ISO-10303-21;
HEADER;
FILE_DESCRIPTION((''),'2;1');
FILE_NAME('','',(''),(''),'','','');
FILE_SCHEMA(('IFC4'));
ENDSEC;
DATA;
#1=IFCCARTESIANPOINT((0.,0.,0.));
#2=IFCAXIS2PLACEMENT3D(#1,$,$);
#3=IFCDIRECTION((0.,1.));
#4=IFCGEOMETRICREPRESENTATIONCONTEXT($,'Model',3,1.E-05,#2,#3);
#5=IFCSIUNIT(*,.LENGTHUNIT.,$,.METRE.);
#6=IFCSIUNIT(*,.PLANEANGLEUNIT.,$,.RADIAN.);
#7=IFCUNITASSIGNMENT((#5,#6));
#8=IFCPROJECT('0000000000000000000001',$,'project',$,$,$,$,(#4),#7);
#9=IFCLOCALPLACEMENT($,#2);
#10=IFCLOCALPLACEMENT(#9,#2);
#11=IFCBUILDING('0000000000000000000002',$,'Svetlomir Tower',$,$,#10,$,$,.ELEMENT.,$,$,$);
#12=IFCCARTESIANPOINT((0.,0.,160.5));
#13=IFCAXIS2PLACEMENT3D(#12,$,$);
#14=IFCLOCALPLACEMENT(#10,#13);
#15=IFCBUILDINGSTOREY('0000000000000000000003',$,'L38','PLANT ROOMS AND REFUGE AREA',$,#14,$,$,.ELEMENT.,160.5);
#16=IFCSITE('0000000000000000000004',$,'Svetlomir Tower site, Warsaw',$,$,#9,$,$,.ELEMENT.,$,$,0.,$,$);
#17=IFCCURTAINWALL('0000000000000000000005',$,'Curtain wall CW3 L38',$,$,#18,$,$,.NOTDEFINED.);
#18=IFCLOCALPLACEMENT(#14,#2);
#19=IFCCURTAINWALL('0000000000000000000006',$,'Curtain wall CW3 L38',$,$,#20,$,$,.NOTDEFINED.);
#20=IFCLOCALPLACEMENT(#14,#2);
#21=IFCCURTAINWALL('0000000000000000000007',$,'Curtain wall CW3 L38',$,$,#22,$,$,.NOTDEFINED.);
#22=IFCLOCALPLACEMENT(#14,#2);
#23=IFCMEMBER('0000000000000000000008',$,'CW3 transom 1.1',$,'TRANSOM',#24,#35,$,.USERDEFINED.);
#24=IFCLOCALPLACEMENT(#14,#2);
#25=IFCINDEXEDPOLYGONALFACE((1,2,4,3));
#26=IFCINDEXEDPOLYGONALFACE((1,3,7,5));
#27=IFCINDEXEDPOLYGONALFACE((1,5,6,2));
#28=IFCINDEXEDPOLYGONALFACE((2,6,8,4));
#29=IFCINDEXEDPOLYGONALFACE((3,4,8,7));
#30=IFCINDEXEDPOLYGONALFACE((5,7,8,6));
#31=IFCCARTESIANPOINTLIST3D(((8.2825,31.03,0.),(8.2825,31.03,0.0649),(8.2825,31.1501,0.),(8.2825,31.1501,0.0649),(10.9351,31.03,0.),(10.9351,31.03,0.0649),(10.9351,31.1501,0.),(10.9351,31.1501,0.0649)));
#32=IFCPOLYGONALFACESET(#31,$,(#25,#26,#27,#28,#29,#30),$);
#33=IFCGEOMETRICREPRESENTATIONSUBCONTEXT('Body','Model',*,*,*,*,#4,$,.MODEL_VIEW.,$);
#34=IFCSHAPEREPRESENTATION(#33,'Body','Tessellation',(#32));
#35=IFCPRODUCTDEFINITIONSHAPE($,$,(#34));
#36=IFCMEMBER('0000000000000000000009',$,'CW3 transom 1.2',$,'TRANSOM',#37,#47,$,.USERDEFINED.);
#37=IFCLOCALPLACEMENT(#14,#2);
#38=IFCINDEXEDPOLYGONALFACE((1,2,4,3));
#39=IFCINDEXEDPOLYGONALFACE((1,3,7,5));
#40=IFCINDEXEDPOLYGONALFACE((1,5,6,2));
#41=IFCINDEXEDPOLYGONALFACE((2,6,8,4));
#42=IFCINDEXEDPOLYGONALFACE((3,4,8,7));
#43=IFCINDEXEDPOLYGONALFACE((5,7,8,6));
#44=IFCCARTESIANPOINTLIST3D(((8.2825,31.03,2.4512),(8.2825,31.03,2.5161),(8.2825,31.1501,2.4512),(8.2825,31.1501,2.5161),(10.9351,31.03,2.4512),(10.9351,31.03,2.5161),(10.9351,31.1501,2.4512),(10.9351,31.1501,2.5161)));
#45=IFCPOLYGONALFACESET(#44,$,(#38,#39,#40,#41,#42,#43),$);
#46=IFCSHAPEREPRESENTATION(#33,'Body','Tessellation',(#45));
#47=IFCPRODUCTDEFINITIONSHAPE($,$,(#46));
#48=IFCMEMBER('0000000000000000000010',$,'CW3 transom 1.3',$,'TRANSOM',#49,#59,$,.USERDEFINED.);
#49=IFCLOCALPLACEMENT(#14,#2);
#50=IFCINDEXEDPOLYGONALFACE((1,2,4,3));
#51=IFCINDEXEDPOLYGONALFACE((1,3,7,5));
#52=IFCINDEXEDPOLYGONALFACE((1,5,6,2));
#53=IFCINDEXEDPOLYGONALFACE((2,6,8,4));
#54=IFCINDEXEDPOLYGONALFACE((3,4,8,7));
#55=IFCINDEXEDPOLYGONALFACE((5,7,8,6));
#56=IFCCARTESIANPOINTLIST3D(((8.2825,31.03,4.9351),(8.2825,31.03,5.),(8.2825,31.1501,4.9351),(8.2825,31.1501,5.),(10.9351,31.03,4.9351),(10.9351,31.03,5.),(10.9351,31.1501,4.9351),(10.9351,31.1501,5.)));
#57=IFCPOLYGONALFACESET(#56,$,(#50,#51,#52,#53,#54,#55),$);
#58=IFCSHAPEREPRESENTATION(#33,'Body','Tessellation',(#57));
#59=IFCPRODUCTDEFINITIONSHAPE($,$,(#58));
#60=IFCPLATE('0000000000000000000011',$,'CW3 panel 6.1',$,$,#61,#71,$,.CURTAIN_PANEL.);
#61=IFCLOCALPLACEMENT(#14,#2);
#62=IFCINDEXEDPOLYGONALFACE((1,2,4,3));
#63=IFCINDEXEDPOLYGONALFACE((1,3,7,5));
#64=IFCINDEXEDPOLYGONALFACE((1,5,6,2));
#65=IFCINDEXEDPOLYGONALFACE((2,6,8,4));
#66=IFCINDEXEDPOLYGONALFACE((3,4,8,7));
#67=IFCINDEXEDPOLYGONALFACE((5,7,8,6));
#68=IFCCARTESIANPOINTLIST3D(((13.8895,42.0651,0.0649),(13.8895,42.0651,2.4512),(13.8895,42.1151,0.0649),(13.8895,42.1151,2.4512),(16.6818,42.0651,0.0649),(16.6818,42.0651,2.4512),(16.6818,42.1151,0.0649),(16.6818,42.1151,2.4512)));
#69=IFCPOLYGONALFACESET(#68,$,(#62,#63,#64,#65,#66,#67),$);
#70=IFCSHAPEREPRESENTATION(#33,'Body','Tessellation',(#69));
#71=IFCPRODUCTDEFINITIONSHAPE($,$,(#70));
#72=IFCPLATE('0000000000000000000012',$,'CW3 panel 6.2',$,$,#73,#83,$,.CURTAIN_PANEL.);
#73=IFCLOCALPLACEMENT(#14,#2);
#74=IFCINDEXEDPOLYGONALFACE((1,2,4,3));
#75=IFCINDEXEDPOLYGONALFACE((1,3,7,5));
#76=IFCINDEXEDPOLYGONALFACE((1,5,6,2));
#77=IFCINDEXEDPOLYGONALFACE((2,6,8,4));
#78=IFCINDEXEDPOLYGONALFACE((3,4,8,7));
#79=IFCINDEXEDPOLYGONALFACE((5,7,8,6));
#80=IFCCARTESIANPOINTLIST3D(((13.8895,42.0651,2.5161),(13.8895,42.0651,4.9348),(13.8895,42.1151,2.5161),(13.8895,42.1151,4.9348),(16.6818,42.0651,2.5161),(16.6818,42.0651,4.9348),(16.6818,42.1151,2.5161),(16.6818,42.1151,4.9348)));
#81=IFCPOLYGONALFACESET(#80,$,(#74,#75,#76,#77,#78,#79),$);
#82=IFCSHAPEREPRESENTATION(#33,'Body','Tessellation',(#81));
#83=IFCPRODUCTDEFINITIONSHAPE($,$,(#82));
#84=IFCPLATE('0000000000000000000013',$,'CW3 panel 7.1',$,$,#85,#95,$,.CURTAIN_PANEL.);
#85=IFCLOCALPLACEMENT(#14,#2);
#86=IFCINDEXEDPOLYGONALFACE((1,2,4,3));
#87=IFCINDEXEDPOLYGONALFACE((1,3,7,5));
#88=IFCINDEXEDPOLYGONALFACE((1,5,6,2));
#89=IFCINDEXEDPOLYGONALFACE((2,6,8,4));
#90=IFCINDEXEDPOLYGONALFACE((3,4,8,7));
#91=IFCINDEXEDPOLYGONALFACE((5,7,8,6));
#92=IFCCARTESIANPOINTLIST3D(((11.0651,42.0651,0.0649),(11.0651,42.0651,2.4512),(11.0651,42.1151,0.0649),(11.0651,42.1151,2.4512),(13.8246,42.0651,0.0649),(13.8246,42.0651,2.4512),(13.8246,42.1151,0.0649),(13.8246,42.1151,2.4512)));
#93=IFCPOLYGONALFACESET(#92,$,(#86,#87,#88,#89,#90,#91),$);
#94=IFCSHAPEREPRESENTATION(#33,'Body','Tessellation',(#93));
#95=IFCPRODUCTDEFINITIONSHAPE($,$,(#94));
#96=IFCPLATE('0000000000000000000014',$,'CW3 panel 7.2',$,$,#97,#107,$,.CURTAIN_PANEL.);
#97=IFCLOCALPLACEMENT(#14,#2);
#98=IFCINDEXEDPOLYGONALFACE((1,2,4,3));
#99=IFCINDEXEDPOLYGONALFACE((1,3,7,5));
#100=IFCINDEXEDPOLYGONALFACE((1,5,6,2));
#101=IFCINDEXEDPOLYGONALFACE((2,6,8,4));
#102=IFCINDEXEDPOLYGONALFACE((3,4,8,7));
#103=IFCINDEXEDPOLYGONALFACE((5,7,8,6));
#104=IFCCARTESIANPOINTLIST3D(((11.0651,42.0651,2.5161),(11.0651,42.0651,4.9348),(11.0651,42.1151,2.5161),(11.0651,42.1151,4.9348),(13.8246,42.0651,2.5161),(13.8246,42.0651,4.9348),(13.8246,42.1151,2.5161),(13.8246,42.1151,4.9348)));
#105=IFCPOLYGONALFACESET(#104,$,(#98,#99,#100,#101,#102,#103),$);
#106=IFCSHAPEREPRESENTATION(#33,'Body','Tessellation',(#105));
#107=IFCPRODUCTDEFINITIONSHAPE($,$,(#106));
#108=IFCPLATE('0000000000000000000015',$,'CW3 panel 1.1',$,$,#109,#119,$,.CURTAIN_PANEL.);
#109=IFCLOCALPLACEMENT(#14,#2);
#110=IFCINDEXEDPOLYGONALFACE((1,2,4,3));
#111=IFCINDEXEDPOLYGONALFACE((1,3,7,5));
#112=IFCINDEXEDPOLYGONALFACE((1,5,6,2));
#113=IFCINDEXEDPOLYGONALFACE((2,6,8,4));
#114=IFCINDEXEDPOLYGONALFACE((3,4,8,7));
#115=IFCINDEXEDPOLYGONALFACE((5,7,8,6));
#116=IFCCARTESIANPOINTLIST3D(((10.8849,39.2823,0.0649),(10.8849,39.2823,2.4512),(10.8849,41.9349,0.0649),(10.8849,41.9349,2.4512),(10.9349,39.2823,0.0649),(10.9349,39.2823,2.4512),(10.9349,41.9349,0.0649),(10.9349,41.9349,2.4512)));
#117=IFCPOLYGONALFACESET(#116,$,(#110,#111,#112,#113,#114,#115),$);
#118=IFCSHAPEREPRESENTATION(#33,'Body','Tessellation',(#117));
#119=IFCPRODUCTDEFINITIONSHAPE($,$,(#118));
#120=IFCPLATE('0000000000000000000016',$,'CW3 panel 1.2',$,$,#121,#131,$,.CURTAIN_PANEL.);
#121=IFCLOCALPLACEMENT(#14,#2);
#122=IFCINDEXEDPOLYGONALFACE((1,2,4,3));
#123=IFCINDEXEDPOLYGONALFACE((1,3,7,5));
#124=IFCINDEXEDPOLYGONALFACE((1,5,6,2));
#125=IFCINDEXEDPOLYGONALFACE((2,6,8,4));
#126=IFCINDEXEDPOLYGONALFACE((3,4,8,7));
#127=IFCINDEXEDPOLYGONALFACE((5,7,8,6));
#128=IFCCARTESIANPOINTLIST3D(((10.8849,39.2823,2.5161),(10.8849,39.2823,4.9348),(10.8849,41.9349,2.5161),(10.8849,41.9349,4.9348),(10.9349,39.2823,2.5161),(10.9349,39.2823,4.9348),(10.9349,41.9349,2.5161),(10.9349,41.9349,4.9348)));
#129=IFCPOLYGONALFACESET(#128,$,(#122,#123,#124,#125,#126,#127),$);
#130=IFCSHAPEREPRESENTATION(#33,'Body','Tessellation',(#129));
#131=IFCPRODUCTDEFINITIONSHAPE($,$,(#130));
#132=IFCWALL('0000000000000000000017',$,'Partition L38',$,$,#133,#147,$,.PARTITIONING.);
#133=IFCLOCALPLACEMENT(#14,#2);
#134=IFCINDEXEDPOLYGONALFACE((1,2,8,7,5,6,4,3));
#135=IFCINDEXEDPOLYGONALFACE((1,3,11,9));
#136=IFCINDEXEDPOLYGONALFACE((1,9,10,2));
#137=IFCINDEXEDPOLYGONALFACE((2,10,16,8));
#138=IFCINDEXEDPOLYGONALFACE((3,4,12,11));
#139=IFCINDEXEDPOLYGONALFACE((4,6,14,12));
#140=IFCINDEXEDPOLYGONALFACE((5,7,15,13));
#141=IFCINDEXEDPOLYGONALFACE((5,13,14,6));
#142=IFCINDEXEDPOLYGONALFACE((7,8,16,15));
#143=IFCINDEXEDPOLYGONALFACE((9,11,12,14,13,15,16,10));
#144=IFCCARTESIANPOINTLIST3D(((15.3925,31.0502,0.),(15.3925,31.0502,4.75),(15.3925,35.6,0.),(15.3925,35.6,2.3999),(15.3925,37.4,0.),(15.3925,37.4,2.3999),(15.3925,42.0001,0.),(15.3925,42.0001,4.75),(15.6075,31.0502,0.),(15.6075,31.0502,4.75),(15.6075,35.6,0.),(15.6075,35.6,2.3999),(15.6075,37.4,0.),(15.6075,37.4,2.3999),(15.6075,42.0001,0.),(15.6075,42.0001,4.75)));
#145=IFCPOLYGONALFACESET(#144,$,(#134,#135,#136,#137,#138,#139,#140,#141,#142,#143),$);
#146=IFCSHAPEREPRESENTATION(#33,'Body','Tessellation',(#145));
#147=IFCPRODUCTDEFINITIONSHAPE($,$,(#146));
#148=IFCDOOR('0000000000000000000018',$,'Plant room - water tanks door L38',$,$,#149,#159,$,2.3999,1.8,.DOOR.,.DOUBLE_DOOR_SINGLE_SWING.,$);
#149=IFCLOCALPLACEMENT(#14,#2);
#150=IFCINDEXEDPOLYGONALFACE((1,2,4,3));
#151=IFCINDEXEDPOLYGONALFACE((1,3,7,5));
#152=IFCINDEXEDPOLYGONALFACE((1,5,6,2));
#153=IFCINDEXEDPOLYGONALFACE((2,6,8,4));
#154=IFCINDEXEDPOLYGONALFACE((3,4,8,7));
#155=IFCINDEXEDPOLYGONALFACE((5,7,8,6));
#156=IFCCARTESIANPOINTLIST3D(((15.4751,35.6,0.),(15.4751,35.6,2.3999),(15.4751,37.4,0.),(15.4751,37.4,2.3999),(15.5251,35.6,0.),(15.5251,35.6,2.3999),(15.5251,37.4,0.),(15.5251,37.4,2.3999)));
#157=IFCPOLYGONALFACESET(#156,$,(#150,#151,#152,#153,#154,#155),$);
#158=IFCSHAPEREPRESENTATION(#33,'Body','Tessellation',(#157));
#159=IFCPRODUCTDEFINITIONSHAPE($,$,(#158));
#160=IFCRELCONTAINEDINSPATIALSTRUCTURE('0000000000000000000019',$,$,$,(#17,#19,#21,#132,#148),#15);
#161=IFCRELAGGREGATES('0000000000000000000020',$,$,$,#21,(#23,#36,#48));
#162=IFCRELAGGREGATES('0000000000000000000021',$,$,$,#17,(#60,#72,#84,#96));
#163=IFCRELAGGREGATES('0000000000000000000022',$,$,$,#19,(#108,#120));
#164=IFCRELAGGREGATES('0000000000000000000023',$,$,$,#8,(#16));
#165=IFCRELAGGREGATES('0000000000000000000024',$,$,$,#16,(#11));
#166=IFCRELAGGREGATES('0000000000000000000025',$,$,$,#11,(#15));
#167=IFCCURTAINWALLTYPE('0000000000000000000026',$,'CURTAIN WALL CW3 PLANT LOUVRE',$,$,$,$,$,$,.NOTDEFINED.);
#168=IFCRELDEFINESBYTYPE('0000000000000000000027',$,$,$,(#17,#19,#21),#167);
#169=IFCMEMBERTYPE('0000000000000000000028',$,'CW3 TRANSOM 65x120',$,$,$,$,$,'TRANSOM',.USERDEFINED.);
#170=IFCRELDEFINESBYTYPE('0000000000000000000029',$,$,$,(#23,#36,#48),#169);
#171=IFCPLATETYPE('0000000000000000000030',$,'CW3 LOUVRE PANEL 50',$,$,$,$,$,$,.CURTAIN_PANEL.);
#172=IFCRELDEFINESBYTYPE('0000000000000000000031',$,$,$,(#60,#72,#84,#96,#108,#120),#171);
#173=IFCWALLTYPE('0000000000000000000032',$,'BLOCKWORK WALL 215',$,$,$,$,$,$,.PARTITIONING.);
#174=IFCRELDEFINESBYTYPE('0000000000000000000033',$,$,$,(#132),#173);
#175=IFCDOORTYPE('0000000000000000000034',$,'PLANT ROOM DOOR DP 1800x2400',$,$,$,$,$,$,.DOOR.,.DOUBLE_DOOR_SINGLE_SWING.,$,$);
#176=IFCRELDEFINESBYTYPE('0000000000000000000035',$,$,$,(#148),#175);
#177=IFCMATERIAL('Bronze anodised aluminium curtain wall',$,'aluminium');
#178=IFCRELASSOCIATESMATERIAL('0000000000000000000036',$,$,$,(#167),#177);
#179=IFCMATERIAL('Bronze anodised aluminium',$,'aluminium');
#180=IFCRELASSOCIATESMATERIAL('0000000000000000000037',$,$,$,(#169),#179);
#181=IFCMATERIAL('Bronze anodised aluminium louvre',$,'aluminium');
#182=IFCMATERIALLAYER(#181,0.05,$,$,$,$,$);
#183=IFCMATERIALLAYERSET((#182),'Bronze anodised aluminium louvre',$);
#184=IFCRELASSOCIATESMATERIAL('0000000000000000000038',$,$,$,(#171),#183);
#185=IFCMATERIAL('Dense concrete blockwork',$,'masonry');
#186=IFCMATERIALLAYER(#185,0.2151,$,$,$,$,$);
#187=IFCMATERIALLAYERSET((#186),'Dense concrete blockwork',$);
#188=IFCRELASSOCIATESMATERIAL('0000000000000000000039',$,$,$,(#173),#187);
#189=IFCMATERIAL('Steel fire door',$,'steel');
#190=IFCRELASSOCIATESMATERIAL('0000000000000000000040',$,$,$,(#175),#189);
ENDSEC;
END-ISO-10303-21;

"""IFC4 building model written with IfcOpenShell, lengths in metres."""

from ifc_helpers import new_model, si_unit, direction, frame, frame_2d, origin, origin_2d, place, context, subcontext, project, spatial, rectangle, extrude, material, layer, layer_set, material_profile, profile_set, type_object, element, fill, aggregate, save


model = new_model("IFC4")

# Units and contexts
model_context = context("Model", 3, precision=1e-05, world=origin(), true_north=direction((0.0, 1.0)))
body_context = subcontext(model_context, "Body", "Model", "MODEL_VIEW")
ifc_project = project(units=[si_unit("LENGTHUNIT", "METRE"), si_unit("PLANEANGLEUNIT", "RADIAN")], contexts=[model_context])

# Site, building, storey
site_placement = place(None, origin())
site = spatial("IfcSite", under=ifc_project, at=site_placement, Name="Svetlomir Tower site, Warsaw", CompositionType="ELEMENT", RefElevation=0.0)
building_placement = place(site_placement, origin())
building = spatial("IfcBuilding", under=site, at=building_placement, Name="Svetlomir Tower", CompositionType="ELEMENT")
storey_placement = place(building_placement, frame((0.0, 0.0, 160.5)))
storey = spatial("IfcBuildingStorey", under=building, at=storey_placement, Name="L38", Description="PLANT ROOMS AND REFUGE AREA", CompositionType="ELEMENT", Elevation=160.5)

# Curtain walls
ifc_material_1 = material(Name="Bronze anodised aluminium curtain wall", Category="aluminium")
curtain_wall_type = type_object("IfcCurtainWallType", Name="CURTAIN WALL CW3 PLANT LOUVRE", PredefinedType="NOTDEFINED", material=ifc_material_1)
curtain_wall_1_placement = place(storey_placement, origin())
curtain_wall_1 = element("IfcCurtainWall", 1, at=curtain_wall_1_placement, inside=storey, type_object=curtain_wall_type, Name="Curtain wall CW3 L38", PredefinedType="NOTDEFINED")
curtain_wall_2_placement = place(storey_placement, origin())
curtain_wall_2 = element("IfcCurtainWall", 2, at=curtain_wall_2_placement, inside=storey, type_object=curtain_wall_type, Name="Curtain wall CW3 L38", PredefinedType="NOTDEFINED")

# Curtain wall
curtain_wall_3_placement = place(storey_placement, origin())
curtain_wall_3 = element("IfcCurtainWall", 3, at=curtain_wall_3_placement, inside=storey, type_object=curtain_wall_type, Name="Curtain wall CW3 L38", PredefinedType="NOTDEFINED")

# Members
ifc_material_2 = material(Name="Bronze anodised aluminium", Category="aluminium")
ifc_material_profile_1 = material_profile(ifc_material_2, rectangle(XDim=0.1201, YDim=0.0649, at=origin_2d()), Name="AL 120x65")
ifc_profile_set_1 = profile_set([ifc_material_profile_1], Name="Bronze anodised aluminium 6063-T6")
member_type_1 = type_object("IfcMemberType", Name="CW3 TRANSOM 65x120", ElementType="TRANSOM", PredefinedType="USERDEFINED", material=ifc_profile_set_1)
member_1_placement = place(storey_placement, frame((10.9351, 31.0901, 0.0325), z_axis=(-1.0, 0.0, 0.0), x_axis=(0.0, -1.0, 0.0)))
member_1 = element("IfcMember", 4, at=member_1_placement, type_object=member_type_1, Name="CW3 transom 1.1", ObjectType="TRANSOM", PredefinedType="USERDEFINED", context=body_context, shape_type="SweptSolid", body=[
    extrude(rectangle(XDim=0.1201, YDim=0.0649, at=origin_2d()), origin(), (0.0, 0.0, 1.0), 2.6526),
])
member_2_placement = place(storey_placement, frame((10.9351, 31.0901, 2.4836), z_axis=(-1.0, 0.0, 0.0), x_axis=(0.0, -1.0, 0.0)))
member_2 = element("IfcMember", 5, at=member_2_placement, type_object=member_type_1, Name="CW3 transom 1.2", ObjectType="TRANSOM", PredefinedType="USERDEFINED", context=body_context, shape_type="SweptSolid", body=[
    extrude(rectangle(XDim=0.1201, YDim=0.0649, at=origin_2d()), origin(), (0.0, 0.0, 1.0), 2.6526),
])
member_3_placement = place(storey_placement, frame((10.9351, 31.0901, 4.9675), z_axis=(-1.0, 0.0, 0.0), x_axis=(0.0, -1.0, 0.0)))
member_3 = element("IfcMember", 6, at=member_3_placement, type_object=member_type_1, Name="CW3 transom 1.3", ObjectType="TRANSOM", PredefinedType="USERDEFINED", context=body_context, shape_type="SweptSolid", body=[
    extrude(rectangle(XDim=0.1201, YDim=0.0649, at=origin_2d()), origin(), (0.0, 0.0, 1.0), 2.6526),
])
aggregate(curtain_wall_3, [member_1, member_2, member_3])

# Plates
ifc_material_3 = material(Name="Bronze anodised aluminium louvre", Category="aluminium")
ifc_layer_1 = layer(ifc_material_3, 0.05)
ifc_layer_set_1 = layer_set([ifc_layer_1], Name="Bronze anodised aluminium louvre")
plate_type = type_object("IfcPlateType", Name="CW3 LOUVRE PANEL 50", PredefinedType="CURTAIN_PANEL", material=ifc_layer_set_1)
plate_1_placement = place(storey_placement, frame((15.2856, 42.0901, 0.0649), z_axis=(0.0, 0.0, 1.0), x_axis=(-1.0, 0.0, 0.0)))
plate_1 = element("IfcPlate", 7, at=plate_1_placement, type_object=plate_type, Name="CW3 panel 6.1", PredefinedType="CURTAIN_PANEL", context=body_context, shape_type="SweptSolid", body=[
    extrude(rectangle(XDim=2.7922, YDim=0.05, at=origin_2d()), origin(), (0.0, 0.0, 1.0), 2.3862),
])
plate_2_placement = place(storey_placement, frame((15.2856, 42.0901, 2.5161), z_axis=(0.0, 0.0, 1.0), x_axis=(-1.0, 0.0, 0.0)))
plate_2 = element("IfcPlate", 8, at=plate_2_placement, type_object=plate_type, Name="CW3 panel 6.2", PredefinedType="CURTAIN_PANEL", context=body_context, shape_type="SweptSolid", body=[
    extrude(rectangle(XDim=2.7922, YDim=0.05, at=origin_2d()), origin(), (0.0, 0.0, 1.0), 2.4187),
])
plate_3_placement = place(storey_placement, frame((12.4448, 42.0901, 0.0649), z_axis=(0.0, 0.0, 1.0), x_axis=(-1.0, 0.0, 0.0)))
plate_3 = element("IfcPlate", 9, at=plate_3_placement, type_object=plate_type, Name="CW3 panel 7.1", PredefinedType="CURTAIN_PANEL", context=body_context, shape_type="SweptSolid", body=[
    extrude(rectangle(XDim=2.7595, YDim=0.05, at=origin_2d()), origin(), (0.0, 0.0, 1.0), 2.3862),
])
plate_4_placement = place(storey_placement, frame((12.4448, 42.0901, 2.5161), z_axis=(0.0, 0.0, 1.0), x_axis=(-1.0, 0.0, 0.0)))
plate_4 = element("IfcPlate", 10, at=plate_4_placement, type_object=plate_type, Name="CW3 panel 7.2", PredefinedType="CURTAIN_PANEL", context=body_context, shape_type="SweptSolid", body=[
    extrude(rectangle(XDim=2.7595, YDim=0.05, at=origin_2d()), origin(), (0.0, 0.0, 1.0), 2.4187),
])
aggregate(curtain_wall_1, [plate_1, plate_2, plate_3, plate_4])
plate_5_placement = place(storey_placement, frame((10.9099, 40.6086, 0.0649), z_axis=(0.0, 0.0, 1.0), x_axis=(0.0, -1.0, 0.0)))
plate_5 = element("IfcPlate", 11, at=plate_5_placement, type_object=plate_type, Name="CW3 panel 1.1", PredefinedType="CURTAIN_PANEL", context=body_context, shape_type="SweptSolid", body=[
    extrude(rectangle(XDim=2.6526, YDim=0.05, at=origin_2d()), origin(), (0.0, 0.0, 1.0), 2.3862),
])
plate_6_placement = place(storey_placement, frame((10.9099, 40.6086, 2.5161), z_axis=(0.0, 0.0, 1.0), x_axis=(0.0, -1.0, 0.0)))
plate_6 = element("IfcPlate", 12, at=plate_6_placement, type_object=plate_type, Name="CW3 panel 1.2", PredefinedType="CURTAIN_PANEL", context=body_context, shape_type="SweptSolid", body=[
    extrude(rectangle(XDim=2.6526, YDim=0.05, at=origin_2d()), origin(), (0.0, 0.0, 1.0), 2.4187),
])
aggregate(curtain_wall_2, [plate_5, plate_6])

# Wall, opening, door
ifc_material_4 = material(Name="Dense concrete blockwork", Category="masonry")
ifc_layer_2 = layer(ifc_material_4, 0.2151)
ifc_layer_set_2 = layer_set([ifc_layer_2], Name="Dense concrete blockwork")
wall_type = type_object("IfcWallType", Name="BLOCKWORK WALL 215", PredefinedType="PARTITIONING", material=ifc_layer_set_2)
wall_placement = place(storey_placement, frame((15.5, 31.05, 0.0), z_axis=(0.0, 0.0, 1.0), x_axis=(0.0, 1.0, 0.0)))
wall = element("IfcWall", 13, at=wall_placement, inside=storey, type_object=wall_type, Name="Partition L38", PredefinedType="PARTITIONING", context=body_context, shape_type="SweptSolid", body=[
    extrude(rectangle(XDim=10.95, YDim=0.2151, at=frame_2d((5.4751, 0.0))), origin(), (0.0, 0.0, 1.0), 4.75),
])
opening_placement = place(wall_placement, frame((4.55, 0.0, 0.0)))
opening = element("IfcOpeningElement", 14, at=opening_placement, cuts=wall, PredefinedType="OPENING", context=body_context, shape_type="SweptSolid", body=[
    extrude(rectangle(XDim=1.8, YDim=2.3999, at=frame_2d((0.8999, 1.2))), frame((0.0, 0.1177, 0.0), z_axis=(0.0, -1.0, 0.0), x_axis=(1.0, 0.0, 0.0)), (0.0, 0.0, 1.0), 0.2351),
])
ifc_material_5 = material(Name="Steel fire door", Category="steel")
door_type = type_object("IfcDoorType", Name="PLANT ROOM DOOR DP 1800x2400", OperationType="DOUBLE_DOOR_SINGLE_SWING", PredefinedType="DOOR", material=ifc_material_5)
door_placement = place(opening_placement, origin())
door = element("IfcDoor", 15, at=door_placement, inside=storey, type_object=door_type, Name="Plant room - water tanks door L38", OperationType="DOUBLE_DOOR_SINGLE_SWING", OverallHeight=2.3999, OverallWidth=1.8, PredefinedType="DOOR", context=body_context, shape_type="SweptSolid", body=[
    extrude(rectangle(XDim=1.8, YDim=2.3999, at=frame_2d((0.8999, 1.2))), frame((0.0, 0.0249, 0.0), z_axis=(0.0, -1.0, 0.0), x_axis=(1.0, 0.0, 0.0)), (0.0, 0.0, 1.0), 0.05),
])
fill(opening, door)

save(model, "model.ifc")
